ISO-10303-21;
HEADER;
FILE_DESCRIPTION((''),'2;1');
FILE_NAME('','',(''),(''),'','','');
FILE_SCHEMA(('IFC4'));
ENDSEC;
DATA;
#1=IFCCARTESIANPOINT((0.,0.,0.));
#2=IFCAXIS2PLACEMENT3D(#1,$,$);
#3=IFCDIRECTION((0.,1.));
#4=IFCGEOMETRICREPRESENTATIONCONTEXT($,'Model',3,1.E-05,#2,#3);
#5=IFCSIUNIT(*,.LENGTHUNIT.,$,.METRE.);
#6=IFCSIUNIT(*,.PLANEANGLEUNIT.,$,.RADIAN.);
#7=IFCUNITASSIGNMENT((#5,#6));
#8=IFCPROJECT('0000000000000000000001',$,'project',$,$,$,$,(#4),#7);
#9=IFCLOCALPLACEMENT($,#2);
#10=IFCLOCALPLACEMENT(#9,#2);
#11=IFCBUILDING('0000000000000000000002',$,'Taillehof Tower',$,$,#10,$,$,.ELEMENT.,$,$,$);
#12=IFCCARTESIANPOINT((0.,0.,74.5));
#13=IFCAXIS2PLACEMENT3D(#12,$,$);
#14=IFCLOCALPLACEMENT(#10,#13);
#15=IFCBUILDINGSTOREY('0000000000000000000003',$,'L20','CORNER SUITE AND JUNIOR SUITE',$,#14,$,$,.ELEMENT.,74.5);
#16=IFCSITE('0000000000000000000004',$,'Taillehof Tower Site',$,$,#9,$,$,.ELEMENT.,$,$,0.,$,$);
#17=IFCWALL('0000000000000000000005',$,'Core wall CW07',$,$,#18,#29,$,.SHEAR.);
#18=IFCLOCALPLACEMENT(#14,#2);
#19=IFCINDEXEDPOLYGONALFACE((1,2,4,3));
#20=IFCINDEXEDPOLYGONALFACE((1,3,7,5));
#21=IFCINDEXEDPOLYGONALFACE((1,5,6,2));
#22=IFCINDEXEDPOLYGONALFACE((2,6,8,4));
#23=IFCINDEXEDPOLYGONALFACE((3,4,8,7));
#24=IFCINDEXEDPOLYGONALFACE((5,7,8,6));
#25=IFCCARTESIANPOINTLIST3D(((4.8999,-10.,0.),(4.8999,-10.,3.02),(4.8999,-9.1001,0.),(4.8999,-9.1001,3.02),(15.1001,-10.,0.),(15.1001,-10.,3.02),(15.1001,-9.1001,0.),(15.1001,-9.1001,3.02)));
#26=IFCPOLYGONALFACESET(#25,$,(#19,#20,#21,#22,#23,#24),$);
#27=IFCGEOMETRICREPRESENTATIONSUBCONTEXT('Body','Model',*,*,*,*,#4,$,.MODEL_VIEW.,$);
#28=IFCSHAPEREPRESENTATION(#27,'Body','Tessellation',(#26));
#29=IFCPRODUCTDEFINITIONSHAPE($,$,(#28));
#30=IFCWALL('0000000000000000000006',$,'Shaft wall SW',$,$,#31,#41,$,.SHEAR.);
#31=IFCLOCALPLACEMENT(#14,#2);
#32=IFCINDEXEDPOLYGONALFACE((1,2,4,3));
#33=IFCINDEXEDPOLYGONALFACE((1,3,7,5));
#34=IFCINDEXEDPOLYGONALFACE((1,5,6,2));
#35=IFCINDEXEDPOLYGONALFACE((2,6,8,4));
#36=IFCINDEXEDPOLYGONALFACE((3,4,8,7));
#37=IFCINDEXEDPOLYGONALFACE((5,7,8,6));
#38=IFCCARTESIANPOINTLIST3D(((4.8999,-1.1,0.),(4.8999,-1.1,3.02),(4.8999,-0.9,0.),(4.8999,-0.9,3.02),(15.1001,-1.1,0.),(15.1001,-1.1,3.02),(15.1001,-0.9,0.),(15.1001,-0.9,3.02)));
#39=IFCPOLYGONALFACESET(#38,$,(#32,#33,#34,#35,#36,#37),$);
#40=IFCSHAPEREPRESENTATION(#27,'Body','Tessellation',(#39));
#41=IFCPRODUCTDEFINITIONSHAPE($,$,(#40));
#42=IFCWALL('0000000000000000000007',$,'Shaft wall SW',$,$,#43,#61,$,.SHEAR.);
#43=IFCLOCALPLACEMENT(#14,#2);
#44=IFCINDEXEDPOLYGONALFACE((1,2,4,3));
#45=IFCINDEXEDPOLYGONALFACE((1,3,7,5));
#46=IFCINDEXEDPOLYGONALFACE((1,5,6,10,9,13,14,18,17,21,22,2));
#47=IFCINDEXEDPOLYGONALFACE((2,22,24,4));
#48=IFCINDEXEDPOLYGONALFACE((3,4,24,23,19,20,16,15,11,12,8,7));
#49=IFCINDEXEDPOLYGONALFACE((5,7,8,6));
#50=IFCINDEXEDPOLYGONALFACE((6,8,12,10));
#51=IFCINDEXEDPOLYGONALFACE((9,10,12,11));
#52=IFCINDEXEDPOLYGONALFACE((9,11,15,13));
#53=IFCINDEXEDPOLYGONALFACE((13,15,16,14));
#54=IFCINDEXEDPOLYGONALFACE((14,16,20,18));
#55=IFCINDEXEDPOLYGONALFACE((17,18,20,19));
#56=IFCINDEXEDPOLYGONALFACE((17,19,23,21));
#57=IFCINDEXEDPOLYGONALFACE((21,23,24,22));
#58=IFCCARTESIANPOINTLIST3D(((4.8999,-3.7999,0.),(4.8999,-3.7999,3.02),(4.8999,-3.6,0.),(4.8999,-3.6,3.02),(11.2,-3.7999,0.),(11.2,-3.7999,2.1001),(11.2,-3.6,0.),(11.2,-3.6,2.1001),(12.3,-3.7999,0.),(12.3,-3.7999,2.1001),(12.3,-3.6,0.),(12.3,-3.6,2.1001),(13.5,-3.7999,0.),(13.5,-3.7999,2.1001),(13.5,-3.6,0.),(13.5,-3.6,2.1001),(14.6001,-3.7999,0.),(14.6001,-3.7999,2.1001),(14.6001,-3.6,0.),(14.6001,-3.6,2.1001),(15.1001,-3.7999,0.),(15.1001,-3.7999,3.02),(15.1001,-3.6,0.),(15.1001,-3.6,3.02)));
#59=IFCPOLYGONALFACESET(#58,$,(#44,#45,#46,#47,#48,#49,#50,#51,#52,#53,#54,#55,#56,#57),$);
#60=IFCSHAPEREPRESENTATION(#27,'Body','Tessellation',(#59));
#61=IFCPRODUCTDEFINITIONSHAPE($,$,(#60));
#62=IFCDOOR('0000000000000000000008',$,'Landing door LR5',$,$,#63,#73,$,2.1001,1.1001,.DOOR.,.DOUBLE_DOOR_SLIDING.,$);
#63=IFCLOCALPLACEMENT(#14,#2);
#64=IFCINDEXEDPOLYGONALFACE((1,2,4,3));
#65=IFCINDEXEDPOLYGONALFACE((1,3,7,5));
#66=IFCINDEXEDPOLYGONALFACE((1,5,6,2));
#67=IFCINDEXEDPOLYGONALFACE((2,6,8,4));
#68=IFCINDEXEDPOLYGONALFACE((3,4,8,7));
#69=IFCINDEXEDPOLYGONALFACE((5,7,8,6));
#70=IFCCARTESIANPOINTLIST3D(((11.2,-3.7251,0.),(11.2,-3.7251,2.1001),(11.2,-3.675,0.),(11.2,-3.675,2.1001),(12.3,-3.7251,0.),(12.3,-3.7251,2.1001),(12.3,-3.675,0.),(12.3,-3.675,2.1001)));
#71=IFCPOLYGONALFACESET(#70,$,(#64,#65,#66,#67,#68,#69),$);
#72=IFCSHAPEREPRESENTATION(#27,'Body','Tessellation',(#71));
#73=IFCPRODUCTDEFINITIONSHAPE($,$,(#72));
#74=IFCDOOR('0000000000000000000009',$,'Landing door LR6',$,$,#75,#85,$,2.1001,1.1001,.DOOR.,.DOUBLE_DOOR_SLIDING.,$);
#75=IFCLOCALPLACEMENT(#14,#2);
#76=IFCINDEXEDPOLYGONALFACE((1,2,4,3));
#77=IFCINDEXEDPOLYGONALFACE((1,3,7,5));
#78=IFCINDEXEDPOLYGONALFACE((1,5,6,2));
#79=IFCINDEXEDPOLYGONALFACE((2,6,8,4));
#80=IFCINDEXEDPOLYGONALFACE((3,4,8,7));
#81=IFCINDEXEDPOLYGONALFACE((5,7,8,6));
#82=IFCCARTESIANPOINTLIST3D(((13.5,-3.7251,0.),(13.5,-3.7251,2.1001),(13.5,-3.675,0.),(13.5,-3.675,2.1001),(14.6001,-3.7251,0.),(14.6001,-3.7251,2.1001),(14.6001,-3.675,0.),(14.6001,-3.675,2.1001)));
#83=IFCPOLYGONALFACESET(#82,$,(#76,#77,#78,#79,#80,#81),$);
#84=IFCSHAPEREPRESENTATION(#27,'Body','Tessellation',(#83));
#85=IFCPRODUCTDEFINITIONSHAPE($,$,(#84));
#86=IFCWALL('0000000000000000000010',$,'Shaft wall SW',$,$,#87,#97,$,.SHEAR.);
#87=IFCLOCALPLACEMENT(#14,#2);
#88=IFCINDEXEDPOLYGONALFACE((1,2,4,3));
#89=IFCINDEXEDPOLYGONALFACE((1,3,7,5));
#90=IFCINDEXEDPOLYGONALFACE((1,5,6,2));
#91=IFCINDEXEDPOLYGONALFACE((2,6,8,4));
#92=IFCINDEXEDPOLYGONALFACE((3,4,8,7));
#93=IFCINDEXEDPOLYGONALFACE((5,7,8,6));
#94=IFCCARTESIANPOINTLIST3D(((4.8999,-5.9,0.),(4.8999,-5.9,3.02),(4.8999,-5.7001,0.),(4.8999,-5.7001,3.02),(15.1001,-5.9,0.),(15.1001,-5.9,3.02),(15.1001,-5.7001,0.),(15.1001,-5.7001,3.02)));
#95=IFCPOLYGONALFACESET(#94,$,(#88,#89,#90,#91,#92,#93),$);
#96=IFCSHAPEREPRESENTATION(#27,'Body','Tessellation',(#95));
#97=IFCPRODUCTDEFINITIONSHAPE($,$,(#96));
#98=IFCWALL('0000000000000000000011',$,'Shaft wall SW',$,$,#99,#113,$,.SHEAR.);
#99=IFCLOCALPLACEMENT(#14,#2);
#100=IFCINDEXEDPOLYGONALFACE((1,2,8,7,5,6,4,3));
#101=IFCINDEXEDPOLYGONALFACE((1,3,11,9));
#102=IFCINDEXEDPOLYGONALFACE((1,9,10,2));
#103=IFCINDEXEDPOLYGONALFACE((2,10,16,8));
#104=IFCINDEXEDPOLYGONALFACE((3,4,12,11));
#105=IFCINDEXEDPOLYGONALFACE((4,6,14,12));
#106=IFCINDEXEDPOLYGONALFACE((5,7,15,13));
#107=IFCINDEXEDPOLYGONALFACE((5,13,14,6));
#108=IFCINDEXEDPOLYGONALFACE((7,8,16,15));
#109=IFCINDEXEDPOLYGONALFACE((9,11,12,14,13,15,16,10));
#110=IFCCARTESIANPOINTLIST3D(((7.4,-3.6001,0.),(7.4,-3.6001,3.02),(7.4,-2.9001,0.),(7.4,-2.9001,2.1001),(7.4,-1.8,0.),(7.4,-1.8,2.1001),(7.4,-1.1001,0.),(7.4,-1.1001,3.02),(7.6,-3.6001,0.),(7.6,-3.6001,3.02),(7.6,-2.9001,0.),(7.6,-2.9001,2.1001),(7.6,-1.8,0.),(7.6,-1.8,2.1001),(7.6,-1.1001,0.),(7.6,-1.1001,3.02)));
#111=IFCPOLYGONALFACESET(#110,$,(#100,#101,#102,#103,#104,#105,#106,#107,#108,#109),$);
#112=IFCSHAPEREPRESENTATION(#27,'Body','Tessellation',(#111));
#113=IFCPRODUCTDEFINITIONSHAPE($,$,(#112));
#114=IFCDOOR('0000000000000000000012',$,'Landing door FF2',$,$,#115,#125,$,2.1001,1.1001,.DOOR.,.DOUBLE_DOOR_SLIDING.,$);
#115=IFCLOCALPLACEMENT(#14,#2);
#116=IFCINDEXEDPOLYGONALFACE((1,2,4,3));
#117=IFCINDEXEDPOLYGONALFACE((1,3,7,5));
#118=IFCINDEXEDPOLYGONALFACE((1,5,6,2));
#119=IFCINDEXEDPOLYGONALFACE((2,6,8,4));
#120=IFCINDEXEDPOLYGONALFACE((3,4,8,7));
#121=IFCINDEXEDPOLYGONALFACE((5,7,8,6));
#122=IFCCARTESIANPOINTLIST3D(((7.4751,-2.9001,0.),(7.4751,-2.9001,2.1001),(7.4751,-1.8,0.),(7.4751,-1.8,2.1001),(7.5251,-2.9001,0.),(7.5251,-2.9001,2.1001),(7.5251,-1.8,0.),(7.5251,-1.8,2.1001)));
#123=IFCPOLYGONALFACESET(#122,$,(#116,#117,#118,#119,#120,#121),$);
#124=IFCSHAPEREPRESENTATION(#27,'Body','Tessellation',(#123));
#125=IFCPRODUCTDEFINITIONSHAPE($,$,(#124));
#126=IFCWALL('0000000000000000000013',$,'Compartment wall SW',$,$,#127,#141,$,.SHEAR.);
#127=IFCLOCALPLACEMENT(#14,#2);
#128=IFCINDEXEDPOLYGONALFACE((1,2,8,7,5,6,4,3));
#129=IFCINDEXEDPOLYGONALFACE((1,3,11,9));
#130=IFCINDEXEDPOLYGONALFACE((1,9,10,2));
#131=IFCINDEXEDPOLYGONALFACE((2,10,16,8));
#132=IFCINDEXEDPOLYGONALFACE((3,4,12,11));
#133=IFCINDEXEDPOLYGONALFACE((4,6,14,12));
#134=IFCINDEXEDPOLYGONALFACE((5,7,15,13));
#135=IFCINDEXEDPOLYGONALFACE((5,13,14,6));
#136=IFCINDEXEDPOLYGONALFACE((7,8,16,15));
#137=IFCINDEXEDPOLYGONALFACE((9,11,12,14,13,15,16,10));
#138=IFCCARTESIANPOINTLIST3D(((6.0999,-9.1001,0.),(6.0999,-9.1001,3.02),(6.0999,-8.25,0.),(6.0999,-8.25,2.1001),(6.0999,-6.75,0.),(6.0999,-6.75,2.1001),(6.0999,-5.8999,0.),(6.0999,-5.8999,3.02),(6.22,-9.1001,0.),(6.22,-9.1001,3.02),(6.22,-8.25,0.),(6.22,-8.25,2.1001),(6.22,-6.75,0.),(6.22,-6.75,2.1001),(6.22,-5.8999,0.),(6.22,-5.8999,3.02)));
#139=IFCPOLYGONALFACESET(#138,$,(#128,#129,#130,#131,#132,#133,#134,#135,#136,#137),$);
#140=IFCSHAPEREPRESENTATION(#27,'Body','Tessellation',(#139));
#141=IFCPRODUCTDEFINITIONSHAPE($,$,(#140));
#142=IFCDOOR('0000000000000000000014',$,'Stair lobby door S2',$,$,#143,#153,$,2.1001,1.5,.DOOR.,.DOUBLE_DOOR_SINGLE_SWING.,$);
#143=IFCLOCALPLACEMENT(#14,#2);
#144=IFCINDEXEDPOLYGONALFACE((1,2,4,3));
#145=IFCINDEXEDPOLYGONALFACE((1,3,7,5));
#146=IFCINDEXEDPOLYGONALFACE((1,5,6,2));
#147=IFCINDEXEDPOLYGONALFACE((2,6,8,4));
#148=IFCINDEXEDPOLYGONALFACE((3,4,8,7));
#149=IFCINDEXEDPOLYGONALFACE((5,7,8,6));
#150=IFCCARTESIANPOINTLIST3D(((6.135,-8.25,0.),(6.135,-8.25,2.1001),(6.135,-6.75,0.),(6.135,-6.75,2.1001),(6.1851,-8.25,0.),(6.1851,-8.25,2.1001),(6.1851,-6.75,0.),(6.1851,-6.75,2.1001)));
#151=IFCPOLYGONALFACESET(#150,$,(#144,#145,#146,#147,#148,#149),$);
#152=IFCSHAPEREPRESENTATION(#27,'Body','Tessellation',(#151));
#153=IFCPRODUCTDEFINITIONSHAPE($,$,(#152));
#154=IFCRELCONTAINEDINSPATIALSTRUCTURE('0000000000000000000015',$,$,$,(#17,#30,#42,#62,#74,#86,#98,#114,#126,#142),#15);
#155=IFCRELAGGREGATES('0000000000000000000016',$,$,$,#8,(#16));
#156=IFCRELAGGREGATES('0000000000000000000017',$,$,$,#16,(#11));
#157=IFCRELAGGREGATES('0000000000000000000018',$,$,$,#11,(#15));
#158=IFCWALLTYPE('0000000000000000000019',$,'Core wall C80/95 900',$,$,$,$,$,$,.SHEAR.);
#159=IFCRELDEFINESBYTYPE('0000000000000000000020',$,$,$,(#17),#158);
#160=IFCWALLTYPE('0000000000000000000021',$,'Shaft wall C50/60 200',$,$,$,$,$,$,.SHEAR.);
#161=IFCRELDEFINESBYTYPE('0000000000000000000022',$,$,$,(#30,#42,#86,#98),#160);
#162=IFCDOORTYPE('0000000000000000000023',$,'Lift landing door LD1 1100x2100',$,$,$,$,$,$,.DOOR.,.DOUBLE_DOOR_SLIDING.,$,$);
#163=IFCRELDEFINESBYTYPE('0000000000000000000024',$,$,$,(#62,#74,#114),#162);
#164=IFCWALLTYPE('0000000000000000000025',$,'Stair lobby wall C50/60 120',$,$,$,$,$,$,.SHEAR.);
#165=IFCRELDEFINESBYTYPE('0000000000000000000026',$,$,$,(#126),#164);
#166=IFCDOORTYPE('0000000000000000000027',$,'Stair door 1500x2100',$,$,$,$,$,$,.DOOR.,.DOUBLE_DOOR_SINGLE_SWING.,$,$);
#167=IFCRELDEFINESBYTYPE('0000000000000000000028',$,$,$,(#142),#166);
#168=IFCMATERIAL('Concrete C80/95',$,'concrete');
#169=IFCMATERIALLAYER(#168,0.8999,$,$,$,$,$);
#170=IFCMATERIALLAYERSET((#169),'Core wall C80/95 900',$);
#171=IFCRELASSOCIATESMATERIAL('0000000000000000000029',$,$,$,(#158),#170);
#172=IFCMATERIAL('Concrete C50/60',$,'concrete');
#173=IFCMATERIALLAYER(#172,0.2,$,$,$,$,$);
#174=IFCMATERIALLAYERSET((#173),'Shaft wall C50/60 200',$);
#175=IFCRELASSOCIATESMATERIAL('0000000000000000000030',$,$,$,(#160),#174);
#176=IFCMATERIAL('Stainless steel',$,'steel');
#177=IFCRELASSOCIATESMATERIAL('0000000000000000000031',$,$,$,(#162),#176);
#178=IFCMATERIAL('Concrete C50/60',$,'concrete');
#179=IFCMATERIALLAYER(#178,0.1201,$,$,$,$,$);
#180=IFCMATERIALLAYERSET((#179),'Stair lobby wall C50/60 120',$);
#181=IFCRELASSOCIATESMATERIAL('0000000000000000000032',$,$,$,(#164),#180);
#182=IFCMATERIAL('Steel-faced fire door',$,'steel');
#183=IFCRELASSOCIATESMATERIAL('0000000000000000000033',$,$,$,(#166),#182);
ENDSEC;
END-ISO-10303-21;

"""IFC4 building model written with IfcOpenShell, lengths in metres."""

from ifc_helpers import new_model, si_unit, direction, frame, frame_2d, origin, place, context, subcontext, project, spatial, rectangle, extrude, material, layer, layer_set, type_object, element, fill, save


model = new_model("IFC4")

# Units and contexts
model_context = context("Model", 3, precision=1e-05, world=origin(), true_north=direction((0.0, 1.0)))
body_context = subcontext(model_context, "Body", "Model", "MODEL_VIEW")
ifc_project = project(units=[si_unit("LENGTHUNIT", "METRE"), si_unit("PLANEANGLEUNIT", "RADIAN")], contexts=[model_context])

# Site, building, storey
site_placement = place(None, origin())
site = spatial("IfcSite", under=ifc_project, at=site_placement, Name="Taillehof Tower Site", CompositionType="ELEMENT", RefElevation=0.0)
building_placement = place(site_placement, origin())
building = spatial("IfcBuilding", under=site, at=building_placement, Name="Taillehof Tower", CompositionType="ELEMENT")
storey_placement = place(building_placement, frame((0.0, 0.0, 74.5)))
storey = spatial("IfcBuildingStorey", under=building, at=storey_placement, Name="L20", Description="CORNER SUITE AND JUNIOR SUITE", CompositionType="ELEMENT", Elevation=74.5)

# Walls
ifc_material_1 = material(Name="Concrete C80/95", Category="concrete")
ifc_layer_1 = layer(ifc_material_1, 0.8999)
ifc_layer_set_1 = layer_set([ifc_layer_1], Name="Core wall C80/95 900")
wall_type_1 = type_object("IfcWallType", Name="Core wall C80/95 900", PredefinedType="SHEAR", material=ifc_layer_set_1)
wall_1_placement = place(storey_placement, frame((4.8999, -9.55, 0.0), z_axis=(0.0, 0.0, 1.0), x_axis=(1.0, 0.0, 0.0)))
element("IfcWall", 1, at=wall_1_placement, inside=storey, type_object=wall_type_1, Name="Core wall CW07", PredefinedType="SHEAR", context=body_context, shape_type="SweptSolid", body=[
    extrude(rectangle(XDim=10.2002, YDim=0.8999, at=frame_2d((5.1001, 0.0))), origin(), (0.0, 0.0, 1.0), 3.02),
])
ifc_material_2 = material(Name="Concrete C50/60", Category="concrete")
ifc_layer_2 = layer(ifc_material_2, 0.2)
ifc_layer_set_2 = layer_set([ifc_layer_2], Name="Shaft wall C50/60 200")
wall_type_2 = type_object("IfcWallType", Name="Shaft wall C50/60 200", PredefinedType="SHEAR", material=ifc_layer_set_2)
wall_2_placement = place(storey_placement, frame((4.8999, -1.0, 0.0), z_axis=(0.0, 0.0, 1.0), x_axis=(1.0, 0.0, 0.0)))
element("IfcWall", 2, at=wall_2_placement, inside=storey, type_object=wall_type_2, Name="Shaft wall SW", PredefinedType="SHEAR", context=body_context, shape_type="SweptSolid", body=[
    extrude(rectangle(XDim=10.2002, YDim=0.2, at=frame_2d((5.1001, 0.0))), origin(), (0.0, 0.0, 1.0), 3.02),
])

# Wall, openings, doors
wall_3_placement = place(storey_placement, frame((4.8999, -3.7, 0.0), z_axis=(0.0, 0.0, 1.0), x_axis=(1.0, 0.0, 0.0)))
wall_3 = element("IfcWall", 3, at=wall_3_placement, inside=storey, type_object=wall_type_2, Name="Shaft wall SW", PredefinedType="SHEAR", context=body_context, shape_type="SweptSolid", body=[
    extrude(rectangle(XDim=10.2002, YDim=0.2, at=frame_2d((5.1001, 0.0))), origin(), (0.0, 0.0, 1.0), 3.02),
])
opening_1_placement = place(wall_3_placement, frame((6.3, 0.0, 0.0)))
opening_1 = element("IfcOpeningElement", 4, at=opening_1_placement, cuts=wall_3, PredefinedType="OPENING", context=body_context, shape_type="SweptSolid", body=[
    extrude(rectangle(XDim=1.1001, YDim=2.1001, at=frame_2d((0.55, 1.05))), frame((0.0, 0.1099, 0.0), z_axis=(0.0, -1.0, 0.0), x_axis=(1.0, 0.0, 0.0)), (0.0, 0.0, 1.0), 0.22),
])
opening_2_placement = place(wall_3_placement, frame((8.6001, 0.0, 0.0)))
opening_2 = element("IfcOpeningElement", 5, at=opening_2_placement, cuts=wall_3, PredefinedType="OPENING", context=body_context, shape_type="SweptSolid", body=[
    extrude(rectangle(XDim=1.1001, YDim=2.1001, at=frame_2d((0.55, 1.05))), frame((0.0, 0.1099, 0.0), z_axis=(0.0, -1.0, 0.0), x_axis=(1.0, 0.0, 0.0)), (0.0, 0.0, 1.0), 0.22),
])
ifc_material_3 = material(Name="Stainless steel", Category="steel")
door_type_1 = type_object("IfcDoorType", Name="Lift landing door LD1 1100x2100", OperationType="DOUBLE_DOOR_SLIDING", PredefinedType="DOOR", material=ifc_material_3)
door_1_placement = place(opening_1_placement, origin())
door_1 = element("IfcDoor", 6, at=door_1_placement, inside=storey, type_object=door_type_1, Name="Landing door LR5", OperationType="DOUBLE_DOOR_SLIDING", OverallHeight=2.1001, OverallWidth=1.1001, PredefinedType="DOOR", context=body_context, shape_type="SweptSolid", body=[
    extrude(rectangle(XDim=1.1001, YDim=2.1001, at=frame_2d((0.55, 1.05))), frame((0.0, 0.0249, 0.0), z_axis=(0.0, -1.0, 0.0), x_axis=(1.0, 0.0, 0.0)), (0.0, 0.0, 1.0), 0.05),
])
fill(opening_1, door_1)
door_2_placement = place(opening_2_placement, origin())
door_2 = element("IfcDoor", 7, at=door_2_placement, inside=storey, type_object=door_type_1, Name="Landing door LR6", OperationType="DOUBLE_DOOR_SLIDING", OverallHeight=2.1001, OverallWidth=1.1001, PredefinedType="DOOR", context=body_context, shape_type="SweptSolid", body=[
    extrude(rectangle(XDim=1.1001, YDim=2.1001, at=frame_2d((0.55, 1.05))), frame((0.0, 0.0249, 0.0), z_axis=(0.0, -1.0, 0.0), x_axis=(1.0, 0.0, 0.0)), (0.0, 0.0, 1.0), 0.05),
])
fill(opening_2, door_2)

# Wall
wall_4_placement = place(storey_placement, frame((4.8999, -5.8, 0.0), z_axis=(0.0, 0.0, 1.0), x_axis=(1.0, 0.0, 0.0)))
element("IfcWall", 8, at=wall_4_placement, inside=storey, type_object=wall_type_2, Name="Shaft wall SW", PredefinedType="SHEAR", context=body_context, shape_type="SweptSolid", body=[
    extrude(rectangle(XDim=10.2002, YDim=0.2, at=frame_2d((5.1001, 0.0))), origin(), (0.0, 0.0, 1.0), 3.02),
])

# Walls, openings, doors
wall_5_placement = place(storey_placement, frame((7.5, -3.6001, 0.0), z_axis=(0.0, 0.0, 1.0), x_axis=(0.0, 1.0, 0.0)))
wall_5 = element("IfcWall", 9, at=wall_5_placement, inside=storey, type_object=wall_type_2, Name="Shaft wall SW", PredefinedType="SHEAR", context=body_context, shape_type="SweptSolid", body=[
    extrude(rectangle(XDim=2.5, YDim=0.2, at=frame_2d((1.25, 0.0))), origin(), (0.0, 0.0, 1.0), 3.02),
])
opening_3_placement = place(wall_5_placement, frame((0.7, 0.0, 0.0)))
opening_3 = element("IfcOpeningElement", 10, at=opening_3_placement, cuts=wall_5, PredefinedType="OPENING", context=body_context, shape_type="SweptSolid", body=[
    extrude(rectangle(XDim=1.1001, YDim=2.1001, at=frame_2d((0.55, 1.05))), frame((0.0, 0.1099, 0.0), z_axis=(0.0, -1.0, 0.0), x_axis=(1.0, 0.0, 0.0)), (0.0, 0.0, 1.0), 0.22),
])
door_3_placement = place(opening_3_placement, origin())
door_3 = element("IfcDoor", 11, at=door_3_placement, inside=storey, type_object=door_type_1, Name="Landing door FF2", OperationType="DOUBLE_DOOR_SLIDING", OverallHeight=2.1001, OverallWidth=1.1001, PredefinedType="DOOR", context=body_context, shape_type="SweptSolid", body=[
    extrude(rectangle(XDim=1.1001, YDim=2.1001, at=frame_2d((0.55, 1.05))), frame((0.0, 0.0249, 0.0), z_axis=(0.0, -1.0, 0.0), x_axis=(1.0, 0.0, 0.0)), (0.0, 0.0, 1.0), 0.05),
])
fill(opening_3, door_3)
ifc_material_4 = material(Name="Concrete C50/60", Category="concrete")
ifc_layer_3 = layer(ifc_material_4, 0.1201)
ifc_layer_set_3 = layer_set([ifc_layer_3], Name="Stair lobby wall C50/60 120")
wall_type_3 = type_object("IfcWallType", Name="Stair lobby wall C50/60 120", PredefinedType="SHEAR", material=ifc_layer_set_3)
wall_6_placement = place(storey_placement, frame((6.1599, -9.1001, 0.0), z_axis=(0.0, 0.0, 1.0), x_axis=(0.0, 1.0, 0.0)))
wall_6 = element("IfcWall", 12, at=wall_6_placement, inside=storey, type_object=wall_type_3, Name="Compartment wall SW", PredefinedType="SHEAR", context=body_context, shape_type="SweptSolid", body=[
    extrude(rectangle(XDim=3.2002, YDim=0.1201, at=frame_2d((1.6001, 0.0))), origin(), (0.0, 0.0, 1.0), 3.02),
])
opening_4_placement = place(wall_6_placement, frame((0.8501, 0.0, 0.0)))
opening_4 = element("IfcOpeningElement", 13, at=opening_4_placement, cuts=wall_6, PredefinedType="OPENING", context=body_context, shape_type="SweptSolid", body=[
    extrude(rectangle(XDim=1.5, YDim=2.1001, at=frame_2d((0.75, 1.05))), frame((0.0, 0.0701, 0.0), z_axis=(0.0, -1.0, 0.0), x_axis=(1.0, 0.0, 0.0)), (0.0, 0.0, 1.0), 0.1401),
])
ifc_material_5 = material(Name="Steel-faced fire door", Category="steel")
door_type_2 = type_object("IfcDoorType", Name="Stair door 1500x2100", OperationType="DOUBLE_DOOR_SINGLE_SWING", PredefinedType="DOOR", material=ifc_material_5)
door_4_placement = place(opening_4_placement, origin())
door_4 = element("IfcDoor", 14, at=door_4_placement, inside=storey, type_object=door_type_2, Name="Stair lobby door S2", OperationType="DOUBLE_DOOR_SINGLE_SWING", OverallHeight=2.1001, OverallWidth=1.5, PredefinedType="DOOR", context=body_context, shape_type="SweptSolid", body=[
    extrude(rectangle(XDim=1.5, YDim=2.1001, at=frame_2d((0.75, 1.05))), frame((0.0, 0.0249, 0.0), z_axis=(0.0, -1.0, 0.0), x_axis=(1.0, 0.0, 0.0)), (0.0, 0.0, 1.0), 0.05),
])
fill(opening_4, door_4)

save(model, "model.ifc")
